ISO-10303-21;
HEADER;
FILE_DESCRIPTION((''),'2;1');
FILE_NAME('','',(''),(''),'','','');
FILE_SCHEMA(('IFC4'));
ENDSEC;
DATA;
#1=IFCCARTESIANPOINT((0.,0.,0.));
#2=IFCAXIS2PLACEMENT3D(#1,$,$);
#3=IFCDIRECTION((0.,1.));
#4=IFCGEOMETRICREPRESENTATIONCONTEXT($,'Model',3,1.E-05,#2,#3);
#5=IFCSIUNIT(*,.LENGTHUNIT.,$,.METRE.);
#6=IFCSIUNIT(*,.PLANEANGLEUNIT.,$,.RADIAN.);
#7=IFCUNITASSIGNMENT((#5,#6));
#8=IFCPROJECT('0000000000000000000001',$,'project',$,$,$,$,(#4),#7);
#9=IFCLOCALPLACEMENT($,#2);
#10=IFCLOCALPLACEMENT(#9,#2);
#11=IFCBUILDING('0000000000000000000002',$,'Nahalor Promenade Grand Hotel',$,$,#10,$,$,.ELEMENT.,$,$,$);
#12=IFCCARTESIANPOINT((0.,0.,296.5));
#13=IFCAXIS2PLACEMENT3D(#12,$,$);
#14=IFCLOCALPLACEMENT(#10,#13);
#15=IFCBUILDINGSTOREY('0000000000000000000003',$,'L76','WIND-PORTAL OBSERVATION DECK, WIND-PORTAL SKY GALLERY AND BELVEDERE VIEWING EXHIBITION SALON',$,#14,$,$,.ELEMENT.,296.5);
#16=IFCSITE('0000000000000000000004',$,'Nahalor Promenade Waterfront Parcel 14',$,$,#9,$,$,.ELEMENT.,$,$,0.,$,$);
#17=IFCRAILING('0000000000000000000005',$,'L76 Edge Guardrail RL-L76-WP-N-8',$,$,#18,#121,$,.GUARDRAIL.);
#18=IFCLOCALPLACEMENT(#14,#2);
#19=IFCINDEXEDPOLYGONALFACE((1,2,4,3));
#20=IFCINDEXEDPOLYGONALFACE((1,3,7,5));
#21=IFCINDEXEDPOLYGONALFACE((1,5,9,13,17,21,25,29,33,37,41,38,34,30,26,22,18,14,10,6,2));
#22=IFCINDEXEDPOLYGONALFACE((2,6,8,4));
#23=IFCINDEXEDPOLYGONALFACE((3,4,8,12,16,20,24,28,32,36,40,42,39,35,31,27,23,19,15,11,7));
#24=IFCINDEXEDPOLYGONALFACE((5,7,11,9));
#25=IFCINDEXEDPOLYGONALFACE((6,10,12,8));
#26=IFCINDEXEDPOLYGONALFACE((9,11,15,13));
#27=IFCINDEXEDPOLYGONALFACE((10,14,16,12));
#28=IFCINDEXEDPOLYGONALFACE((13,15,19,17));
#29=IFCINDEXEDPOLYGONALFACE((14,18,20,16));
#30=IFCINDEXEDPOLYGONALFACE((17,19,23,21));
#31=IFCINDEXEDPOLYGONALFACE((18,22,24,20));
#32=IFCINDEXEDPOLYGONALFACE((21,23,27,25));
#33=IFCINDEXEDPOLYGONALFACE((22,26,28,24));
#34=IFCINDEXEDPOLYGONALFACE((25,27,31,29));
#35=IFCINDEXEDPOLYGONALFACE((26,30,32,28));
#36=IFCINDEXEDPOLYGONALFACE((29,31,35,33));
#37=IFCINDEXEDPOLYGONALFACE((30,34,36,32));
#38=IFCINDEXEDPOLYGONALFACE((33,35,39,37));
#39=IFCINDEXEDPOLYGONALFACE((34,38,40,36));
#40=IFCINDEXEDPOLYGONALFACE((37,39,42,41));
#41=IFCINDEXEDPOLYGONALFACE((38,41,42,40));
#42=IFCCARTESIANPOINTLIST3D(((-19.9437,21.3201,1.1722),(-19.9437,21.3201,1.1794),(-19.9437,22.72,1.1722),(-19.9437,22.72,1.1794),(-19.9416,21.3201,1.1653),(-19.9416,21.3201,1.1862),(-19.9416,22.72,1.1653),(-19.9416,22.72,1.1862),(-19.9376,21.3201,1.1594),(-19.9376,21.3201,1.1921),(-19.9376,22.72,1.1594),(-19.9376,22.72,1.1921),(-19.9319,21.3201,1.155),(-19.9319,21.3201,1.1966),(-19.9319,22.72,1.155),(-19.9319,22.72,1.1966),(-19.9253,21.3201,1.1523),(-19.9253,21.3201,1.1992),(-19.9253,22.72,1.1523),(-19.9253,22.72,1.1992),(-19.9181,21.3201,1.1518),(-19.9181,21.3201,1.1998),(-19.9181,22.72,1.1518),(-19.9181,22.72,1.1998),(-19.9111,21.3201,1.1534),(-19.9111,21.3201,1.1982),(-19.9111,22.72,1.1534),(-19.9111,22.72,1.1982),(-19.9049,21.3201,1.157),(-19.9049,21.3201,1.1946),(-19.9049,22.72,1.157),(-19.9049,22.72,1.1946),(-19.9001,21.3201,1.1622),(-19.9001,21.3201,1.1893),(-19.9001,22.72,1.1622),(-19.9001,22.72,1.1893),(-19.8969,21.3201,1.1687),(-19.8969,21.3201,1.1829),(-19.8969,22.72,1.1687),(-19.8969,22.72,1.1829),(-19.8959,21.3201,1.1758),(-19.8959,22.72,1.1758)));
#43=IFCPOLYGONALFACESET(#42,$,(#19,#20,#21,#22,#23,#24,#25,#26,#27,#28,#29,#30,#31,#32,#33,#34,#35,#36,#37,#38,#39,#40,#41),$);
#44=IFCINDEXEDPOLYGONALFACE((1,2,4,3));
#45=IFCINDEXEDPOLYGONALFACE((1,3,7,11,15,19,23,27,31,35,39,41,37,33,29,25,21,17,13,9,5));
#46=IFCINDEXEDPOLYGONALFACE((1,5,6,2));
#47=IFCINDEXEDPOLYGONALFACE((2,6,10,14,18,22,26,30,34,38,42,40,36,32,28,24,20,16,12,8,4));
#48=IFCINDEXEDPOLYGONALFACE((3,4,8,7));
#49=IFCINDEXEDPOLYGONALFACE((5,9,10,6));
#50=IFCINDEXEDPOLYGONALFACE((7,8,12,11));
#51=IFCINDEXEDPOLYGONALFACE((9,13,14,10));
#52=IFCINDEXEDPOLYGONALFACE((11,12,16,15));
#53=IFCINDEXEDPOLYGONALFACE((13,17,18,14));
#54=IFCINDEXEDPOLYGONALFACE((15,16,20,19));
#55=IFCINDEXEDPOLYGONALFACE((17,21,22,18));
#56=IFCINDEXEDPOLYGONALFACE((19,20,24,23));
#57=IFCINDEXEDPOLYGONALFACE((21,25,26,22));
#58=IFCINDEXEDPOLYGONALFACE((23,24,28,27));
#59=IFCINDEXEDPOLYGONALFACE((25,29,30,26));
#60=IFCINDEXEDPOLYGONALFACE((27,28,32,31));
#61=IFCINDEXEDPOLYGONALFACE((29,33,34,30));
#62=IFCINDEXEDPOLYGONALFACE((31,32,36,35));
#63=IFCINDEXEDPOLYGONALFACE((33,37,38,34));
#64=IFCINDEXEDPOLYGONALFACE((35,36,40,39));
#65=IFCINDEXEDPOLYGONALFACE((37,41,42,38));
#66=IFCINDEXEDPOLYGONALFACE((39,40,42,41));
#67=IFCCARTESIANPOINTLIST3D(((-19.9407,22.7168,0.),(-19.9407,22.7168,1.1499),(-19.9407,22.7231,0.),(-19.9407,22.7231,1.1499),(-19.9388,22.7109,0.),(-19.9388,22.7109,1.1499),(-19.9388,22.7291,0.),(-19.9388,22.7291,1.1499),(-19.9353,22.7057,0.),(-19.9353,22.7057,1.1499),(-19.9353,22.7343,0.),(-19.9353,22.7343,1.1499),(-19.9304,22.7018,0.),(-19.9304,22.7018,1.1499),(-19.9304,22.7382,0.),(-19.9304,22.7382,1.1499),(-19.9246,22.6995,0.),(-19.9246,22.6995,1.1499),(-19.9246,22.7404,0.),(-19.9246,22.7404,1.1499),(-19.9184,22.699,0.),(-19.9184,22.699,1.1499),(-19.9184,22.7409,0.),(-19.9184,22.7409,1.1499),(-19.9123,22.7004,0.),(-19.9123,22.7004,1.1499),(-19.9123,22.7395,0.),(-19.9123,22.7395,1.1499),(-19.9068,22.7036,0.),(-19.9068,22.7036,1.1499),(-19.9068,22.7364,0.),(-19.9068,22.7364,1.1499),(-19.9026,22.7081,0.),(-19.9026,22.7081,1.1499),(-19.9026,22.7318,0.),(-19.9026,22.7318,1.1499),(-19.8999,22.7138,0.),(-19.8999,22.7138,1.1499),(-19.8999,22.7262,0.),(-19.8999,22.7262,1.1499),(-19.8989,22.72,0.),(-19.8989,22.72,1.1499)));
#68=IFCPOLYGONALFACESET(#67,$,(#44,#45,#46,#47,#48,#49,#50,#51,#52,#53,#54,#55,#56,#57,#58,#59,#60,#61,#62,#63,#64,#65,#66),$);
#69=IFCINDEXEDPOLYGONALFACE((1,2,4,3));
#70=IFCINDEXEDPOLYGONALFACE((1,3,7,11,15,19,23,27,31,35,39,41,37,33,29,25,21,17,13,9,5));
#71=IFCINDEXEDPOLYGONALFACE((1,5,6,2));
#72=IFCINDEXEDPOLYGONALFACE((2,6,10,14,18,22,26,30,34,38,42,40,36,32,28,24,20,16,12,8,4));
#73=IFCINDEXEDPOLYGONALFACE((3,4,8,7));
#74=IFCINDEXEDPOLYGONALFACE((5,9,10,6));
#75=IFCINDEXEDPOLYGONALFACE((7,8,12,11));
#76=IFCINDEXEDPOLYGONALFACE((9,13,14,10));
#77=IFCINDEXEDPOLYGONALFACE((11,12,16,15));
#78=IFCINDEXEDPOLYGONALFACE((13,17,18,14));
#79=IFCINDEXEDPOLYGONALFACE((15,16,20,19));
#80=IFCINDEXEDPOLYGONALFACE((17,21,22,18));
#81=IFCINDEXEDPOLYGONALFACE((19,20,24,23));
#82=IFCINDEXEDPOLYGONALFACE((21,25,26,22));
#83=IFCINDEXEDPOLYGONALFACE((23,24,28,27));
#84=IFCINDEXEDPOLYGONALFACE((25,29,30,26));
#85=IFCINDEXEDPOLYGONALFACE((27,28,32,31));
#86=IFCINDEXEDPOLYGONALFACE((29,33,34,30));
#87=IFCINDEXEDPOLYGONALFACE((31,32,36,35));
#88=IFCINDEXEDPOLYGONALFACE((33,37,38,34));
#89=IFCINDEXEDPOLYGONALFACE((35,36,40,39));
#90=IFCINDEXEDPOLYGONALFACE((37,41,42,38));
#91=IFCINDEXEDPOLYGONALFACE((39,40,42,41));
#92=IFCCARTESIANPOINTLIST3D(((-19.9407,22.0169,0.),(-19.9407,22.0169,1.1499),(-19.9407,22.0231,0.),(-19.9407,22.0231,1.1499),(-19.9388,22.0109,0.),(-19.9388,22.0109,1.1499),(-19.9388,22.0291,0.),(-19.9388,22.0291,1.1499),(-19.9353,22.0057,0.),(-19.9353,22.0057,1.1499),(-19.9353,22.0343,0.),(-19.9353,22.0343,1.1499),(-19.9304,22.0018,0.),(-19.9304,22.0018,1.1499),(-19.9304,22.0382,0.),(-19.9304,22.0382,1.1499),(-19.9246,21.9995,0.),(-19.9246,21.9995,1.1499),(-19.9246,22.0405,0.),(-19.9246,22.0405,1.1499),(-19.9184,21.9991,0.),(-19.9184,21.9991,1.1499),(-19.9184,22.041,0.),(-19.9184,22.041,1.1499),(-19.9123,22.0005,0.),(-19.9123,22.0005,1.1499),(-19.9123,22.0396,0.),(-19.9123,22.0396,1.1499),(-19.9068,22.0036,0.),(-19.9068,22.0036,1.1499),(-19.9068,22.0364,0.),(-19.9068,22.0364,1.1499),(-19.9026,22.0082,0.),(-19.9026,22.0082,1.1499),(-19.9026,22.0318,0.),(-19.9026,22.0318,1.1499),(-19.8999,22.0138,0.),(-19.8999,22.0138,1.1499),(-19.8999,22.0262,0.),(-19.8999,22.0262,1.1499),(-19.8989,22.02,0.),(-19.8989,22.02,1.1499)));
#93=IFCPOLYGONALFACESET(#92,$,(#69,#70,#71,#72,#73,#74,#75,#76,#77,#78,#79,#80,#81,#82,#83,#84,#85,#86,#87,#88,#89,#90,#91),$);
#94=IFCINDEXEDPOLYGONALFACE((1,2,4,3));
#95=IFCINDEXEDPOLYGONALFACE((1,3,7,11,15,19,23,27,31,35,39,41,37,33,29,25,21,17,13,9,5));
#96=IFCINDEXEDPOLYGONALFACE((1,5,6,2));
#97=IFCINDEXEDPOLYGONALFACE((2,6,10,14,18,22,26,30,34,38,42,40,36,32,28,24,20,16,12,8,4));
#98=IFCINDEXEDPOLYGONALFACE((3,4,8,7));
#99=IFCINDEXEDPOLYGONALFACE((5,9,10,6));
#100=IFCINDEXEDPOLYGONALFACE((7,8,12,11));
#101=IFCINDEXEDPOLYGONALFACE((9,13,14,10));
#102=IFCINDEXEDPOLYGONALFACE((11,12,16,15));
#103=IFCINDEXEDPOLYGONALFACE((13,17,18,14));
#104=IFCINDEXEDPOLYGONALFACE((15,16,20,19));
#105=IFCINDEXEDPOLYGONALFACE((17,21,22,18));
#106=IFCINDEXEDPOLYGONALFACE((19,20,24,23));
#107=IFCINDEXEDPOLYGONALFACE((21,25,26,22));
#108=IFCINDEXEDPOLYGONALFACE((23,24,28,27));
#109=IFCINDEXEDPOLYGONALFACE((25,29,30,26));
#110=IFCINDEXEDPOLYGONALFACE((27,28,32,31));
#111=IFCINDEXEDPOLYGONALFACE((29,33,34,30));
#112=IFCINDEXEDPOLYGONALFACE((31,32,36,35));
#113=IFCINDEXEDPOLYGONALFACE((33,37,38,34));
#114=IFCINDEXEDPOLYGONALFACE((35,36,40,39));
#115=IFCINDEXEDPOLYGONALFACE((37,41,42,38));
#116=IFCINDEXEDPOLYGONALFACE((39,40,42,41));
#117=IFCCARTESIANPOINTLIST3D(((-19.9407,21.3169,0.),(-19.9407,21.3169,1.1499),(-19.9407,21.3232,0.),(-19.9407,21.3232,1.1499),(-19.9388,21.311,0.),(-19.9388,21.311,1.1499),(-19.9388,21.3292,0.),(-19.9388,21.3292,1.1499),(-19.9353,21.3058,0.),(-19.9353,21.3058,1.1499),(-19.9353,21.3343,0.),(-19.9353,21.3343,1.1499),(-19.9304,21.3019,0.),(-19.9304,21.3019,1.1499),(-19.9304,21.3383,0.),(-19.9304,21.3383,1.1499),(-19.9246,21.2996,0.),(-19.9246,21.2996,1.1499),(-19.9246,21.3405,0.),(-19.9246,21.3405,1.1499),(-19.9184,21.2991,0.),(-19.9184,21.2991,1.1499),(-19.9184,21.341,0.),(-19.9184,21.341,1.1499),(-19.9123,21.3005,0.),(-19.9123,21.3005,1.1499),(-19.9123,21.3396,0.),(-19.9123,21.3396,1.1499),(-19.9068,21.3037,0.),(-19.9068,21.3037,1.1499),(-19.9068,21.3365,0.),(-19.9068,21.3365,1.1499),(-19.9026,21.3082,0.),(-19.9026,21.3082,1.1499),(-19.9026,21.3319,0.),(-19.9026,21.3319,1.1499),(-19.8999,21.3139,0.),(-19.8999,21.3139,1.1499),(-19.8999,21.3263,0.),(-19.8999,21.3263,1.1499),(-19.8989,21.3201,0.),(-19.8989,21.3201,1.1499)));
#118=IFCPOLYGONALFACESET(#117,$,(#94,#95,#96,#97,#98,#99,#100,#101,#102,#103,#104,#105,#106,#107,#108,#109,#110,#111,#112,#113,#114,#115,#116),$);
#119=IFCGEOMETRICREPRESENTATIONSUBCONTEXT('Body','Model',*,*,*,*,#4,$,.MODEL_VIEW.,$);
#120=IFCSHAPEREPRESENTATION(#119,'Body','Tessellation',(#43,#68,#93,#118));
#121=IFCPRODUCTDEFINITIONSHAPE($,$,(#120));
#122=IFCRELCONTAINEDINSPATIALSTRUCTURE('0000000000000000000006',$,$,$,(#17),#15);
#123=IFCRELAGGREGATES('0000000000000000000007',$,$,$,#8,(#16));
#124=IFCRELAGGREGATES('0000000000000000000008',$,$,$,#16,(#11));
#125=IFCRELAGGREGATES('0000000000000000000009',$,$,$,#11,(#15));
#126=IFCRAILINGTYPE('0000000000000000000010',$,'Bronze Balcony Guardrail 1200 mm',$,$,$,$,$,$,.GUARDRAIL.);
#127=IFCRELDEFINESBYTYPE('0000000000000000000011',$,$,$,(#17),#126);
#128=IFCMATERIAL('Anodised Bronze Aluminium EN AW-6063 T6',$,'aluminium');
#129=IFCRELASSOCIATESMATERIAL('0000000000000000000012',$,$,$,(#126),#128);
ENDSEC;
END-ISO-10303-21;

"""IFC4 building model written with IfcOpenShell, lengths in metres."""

from ifc_helpers import new_model, si_unit, direction, frame, origin, origin_2d, place, context, subcontext, project, spatial, circle, extrude, material, type_object, element, save


model = new_model("IFC4")

# Units and contexts
model_context = context("Model", 3, precision=1e-05, world=origin(), true_north=direction((0.0, 1.0)))
body_context = subcontext(model_context, "Body", "Model", "MODEL_VIEW")
ifc_project = project(units=[si_unit("LENGTHUNIT", "METRE"), si_unit("PLANEANGLEUNIT", "RADIAN")], contexts=[model_context])

# Site, building, storey
site_placement = place(None, origin())
site = spatial("IfcSite", under=ifc_project, at=site_placement, Name="Nahalor Promenade Waterfront Parcel 14", CompositionType="ELEMENT", RefElevation=0.0)
building_placement = place(site_placement, origin())
building = spatial("IfcBuilding", under=site, at=building_placement, Name="Nahalor Promenade Grand Hotel", CompositionType="ELEMENT")
storey_placement = place(building_placement, frame((0.0, 0.0, 296.5)))
storey = spatial("IfcBuildingStorey", under=building, at=storey_placement, Name="L76", Description="WIND-PORTAL OBSERVATION DECK, WIND-PORTAL SKY GALLERY AND BELVEDERE VIEWING EXHIBITION SALON", CompositionType="ELEMENT", Elevation=296.5)

# Railing
ifc_material_1 = material(Name="Anodised Bronze Aluminium EN AW-6063 T6", Category="aluminium")
railing_type = type_object("IfcRailingType", Name="Bronze Balcony Guardrail 1200 mm", PredefinedType="GUARDRAIL", material=ifc_material_1)
railing_1_placement = place(storey_placement, frame((-19.9199, 22.72, 0.0)))
element("IfcRailing", 1, at=railing_1_placement, inside=storey, type_object=railing_type, Name="L76 Edge Guardrail RL-L76-WP-N-8", PredefinedType="GUARDRAIL", context=body_context, shape_type="SweptSolid", body=[
    extrude(circle(Radius=0.024, at=origin_2d()), frame((0.0, 0.0, 1.1758), z_axis=(0.0, -1.0, 0.0), x_axis=(1.0, 0.0, 0.0)), (0.0, 0.0, 1.0), 1.3999),
    extrude(circle(Radius=0.021, at=origin_2d()), origin(), (0.0, 0.0, 1.0), 1.1499),
    extrude(circle(Radius=0.021, at=origin_2d()), frame((0.0, -0.7, 0.0)), (0.0, 0.0, 1.0), 1.1499),
    extrude(circle(Radius=0.021, at=origin_2d()), frame((0.0, -1.3999, 0.0)), (0.0, 0.0, 1.0), 1.1499),
])

save(model, "model.ifc")
